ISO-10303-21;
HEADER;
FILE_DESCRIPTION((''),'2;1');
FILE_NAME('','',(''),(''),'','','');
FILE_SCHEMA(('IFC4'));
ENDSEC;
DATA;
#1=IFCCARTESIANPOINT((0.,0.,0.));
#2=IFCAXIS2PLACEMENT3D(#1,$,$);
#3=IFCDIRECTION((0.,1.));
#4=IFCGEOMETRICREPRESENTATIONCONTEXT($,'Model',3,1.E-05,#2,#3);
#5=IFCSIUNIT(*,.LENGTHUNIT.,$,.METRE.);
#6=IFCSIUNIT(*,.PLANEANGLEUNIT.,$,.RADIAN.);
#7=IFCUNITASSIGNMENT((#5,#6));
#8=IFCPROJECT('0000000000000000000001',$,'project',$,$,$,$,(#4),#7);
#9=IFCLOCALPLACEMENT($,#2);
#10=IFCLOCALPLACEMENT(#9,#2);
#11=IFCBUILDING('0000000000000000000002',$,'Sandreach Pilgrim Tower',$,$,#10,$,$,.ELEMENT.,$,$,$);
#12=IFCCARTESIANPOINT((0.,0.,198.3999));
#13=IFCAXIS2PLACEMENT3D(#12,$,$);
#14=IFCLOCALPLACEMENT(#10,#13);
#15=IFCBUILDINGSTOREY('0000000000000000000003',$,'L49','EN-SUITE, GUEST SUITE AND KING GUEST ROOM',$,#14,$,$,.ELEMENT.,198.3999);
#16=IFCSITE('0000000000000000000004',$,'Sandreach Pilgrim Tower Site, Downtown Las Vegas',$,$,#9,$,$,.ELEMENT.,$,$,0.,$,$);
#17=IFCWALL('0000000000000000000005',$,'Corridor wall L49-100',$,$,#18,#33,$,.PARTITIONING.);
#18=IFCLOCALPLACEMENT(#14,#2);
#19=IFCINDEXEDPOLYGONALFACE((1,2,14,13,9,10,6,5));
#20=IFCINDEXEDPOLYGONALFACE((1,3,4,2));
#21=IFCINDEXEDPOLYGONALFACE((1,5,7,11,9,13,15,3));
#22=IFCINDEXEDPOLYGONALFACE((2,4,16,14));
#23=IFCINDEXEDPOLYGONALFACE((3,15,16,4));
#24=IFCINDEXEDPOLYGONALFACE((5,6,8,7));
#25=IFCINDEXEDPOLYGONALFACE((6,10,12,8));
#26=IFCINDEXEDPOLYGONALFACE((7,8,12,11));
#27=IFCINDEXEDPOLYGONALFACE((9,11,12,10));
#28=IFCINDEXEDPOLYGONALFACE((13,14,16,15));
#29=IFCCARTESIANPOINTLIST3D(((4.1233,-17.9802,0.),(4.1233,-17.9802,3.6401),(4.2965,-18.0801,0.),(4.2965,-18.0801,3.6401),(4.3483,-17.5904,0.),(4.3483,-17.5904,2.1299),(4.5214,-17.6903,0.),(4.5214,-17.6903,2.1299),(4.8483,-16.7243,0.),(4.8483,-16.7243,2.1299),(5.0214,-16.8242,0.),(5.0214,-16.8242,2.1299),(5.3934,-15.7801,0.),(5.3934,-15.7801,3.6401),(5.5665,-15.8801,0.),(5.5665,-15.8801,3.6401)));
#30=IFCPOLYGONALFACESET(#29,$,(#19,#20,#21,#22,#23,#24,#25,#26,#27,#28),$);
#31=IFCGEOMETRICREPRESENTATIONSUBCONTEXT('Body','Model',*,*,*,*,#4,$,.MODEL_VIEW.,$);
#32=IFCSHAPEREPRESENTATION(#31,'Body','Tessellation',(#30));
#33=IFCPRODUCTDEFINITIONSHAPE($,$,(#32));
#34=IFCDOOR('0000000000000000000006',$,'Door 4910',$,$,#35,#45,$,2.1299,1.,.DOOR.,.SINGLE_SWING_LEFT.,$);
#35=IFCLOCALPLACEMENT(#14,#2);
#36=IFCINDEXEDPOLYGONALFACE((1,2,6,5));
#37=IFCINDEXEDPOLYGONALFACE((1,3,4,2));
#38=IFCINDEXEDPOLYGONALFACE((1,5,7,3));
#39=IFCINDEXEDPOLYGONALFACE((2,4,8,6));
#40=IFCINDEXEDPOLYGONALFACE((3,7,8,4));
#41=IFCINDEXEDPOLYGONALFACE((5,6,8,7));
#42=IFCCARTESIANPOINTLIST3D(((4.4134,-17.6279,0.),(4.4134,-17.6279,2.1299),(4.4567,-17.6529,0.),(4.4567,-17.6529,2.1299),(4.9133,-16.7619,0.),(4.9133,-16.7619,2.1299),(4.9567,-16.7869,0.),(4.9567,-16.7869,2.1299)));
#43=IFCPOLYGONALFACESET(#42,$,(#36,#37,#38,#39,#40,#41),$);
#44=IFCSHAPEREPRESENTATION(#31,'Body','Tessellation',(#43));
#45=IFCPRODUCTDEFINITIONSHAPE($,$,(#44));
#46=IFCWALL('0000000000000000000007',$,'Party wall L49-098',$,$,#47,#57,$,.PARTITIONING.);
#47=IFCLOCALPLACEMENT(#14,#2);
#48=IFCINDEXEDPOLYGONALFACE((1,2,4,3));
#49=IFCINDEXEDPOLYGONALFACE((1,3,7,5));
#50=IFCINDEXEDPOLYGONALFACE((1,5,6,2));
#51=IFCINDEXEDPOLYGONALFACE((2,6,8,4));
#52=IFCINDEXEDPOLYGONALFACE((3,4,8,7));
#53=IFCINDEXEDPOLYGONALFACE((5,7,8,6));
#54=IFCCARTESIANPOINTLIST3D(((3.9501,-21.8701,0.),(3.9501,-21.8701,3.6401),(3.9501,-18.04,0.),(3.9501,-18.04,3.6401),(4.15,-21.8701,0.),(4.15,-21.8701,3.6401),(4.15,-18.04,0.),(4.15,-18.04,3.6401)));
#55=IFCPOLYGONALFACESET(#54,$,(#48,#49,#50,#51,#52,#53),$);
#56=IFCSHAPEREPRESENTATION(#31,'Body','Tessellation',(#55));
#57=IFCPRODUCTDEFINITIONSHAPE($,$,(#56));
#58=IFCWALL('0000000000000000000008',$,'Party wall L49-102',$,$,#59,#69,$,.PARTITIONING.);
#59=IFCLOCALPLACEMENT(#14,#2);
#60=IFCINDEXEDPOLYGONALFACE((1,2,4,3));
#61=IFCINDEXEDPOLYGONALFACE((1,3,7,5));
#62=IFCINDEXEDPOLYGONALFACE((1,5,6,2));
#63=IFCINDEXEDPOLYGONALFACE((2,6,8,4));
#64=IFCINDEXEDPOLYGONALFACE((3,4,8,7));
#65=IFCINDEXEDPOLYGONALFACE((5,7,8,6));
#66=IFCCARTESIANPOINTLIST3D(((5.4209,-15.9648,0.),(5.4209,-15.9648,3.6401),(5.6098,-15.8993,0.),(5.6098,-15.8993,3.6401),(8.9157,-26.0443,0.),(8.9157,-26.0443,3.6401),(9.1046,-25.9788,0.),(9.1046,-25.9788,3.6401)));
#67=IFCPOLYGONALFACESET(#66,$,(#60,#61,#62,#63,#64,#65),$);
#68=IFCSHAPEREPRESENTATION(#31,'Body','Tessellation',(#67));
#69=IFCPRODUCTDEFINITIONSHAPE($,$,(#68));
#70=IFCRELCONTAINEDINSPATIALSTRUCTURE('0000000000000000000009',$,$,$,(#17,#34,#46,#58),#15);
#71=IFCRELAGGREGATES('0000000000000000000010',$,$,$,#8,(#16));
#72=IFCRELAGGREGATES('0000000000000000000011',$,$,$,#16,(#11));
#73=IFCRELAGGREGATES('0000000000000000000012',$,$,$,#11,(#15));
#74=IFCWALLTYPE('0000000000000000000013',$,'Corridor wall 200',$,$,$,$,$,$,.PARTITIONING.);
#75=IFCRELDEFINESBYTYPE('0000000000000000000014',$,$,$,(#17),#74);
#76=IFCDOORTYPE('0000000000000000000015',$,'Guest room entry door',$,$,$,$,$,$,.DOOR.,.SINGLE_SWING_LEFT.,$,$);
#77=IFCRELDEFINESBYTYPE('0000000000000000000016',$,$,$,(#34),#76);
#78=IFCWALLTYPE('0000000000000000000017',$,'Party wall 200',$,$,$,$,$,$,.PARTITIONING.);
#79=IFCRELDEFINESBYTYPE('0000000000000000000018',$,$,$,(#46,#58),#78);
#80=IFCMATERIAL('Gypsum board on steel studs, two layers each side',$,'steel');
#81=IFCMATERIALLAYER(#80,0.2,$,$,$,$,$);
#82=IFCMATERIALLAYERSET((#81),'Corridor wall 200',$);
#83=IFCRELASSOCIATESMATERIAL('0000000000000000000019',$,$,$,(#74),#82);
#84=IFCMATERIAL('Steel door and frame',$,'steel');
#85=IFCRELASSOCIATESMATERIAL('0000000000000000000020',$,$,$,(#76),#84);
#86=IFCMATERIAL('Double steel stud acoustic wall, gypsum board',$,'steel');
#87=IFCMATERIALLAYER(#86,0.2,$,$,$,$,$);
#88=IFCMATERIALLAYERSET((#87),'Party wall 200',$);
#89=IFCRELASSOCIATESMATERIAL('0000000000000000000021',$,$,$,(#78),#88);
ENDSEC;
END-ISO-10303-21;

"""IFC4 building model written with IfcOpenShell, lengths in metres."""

from ifc_helpers import new_model, si_unit, direction, frame, frame_2d, origin, place, context, subcontext, project, spatial, rectangle, extrude, material, layer, layer_set, type_object, element, fill, save


model = new_model("IFC4")

# Units and contexts
model_context = context("Model", 3, precision=1e-05, world=origin(), true_north=direction((0.0, 1.0)))
body_context = subcontext(model_context, "Body", "Model", "MODEL_VIEW")
ifc_project = project(units=[si_unit("LENGTHUNIT", "METRE"), si_unit("PLANEANGLEUNIT", "RADIAN")], contexts=[model_context])

# Site, building, storey
site_placement = place(None, origin())
site = spatial("IfcSite", under=ifc_project, at=site_placement, Name="Sandreach Pilgrim Tower Site, Downtown Las Vegas", CompositionType="ELEMENT", RefElevation=0.0)
building_placement = place(site_placement, origin())
building = spatial("IfcBuilding", under=site, at=building_placement, Name="Sandreach Pilgrim Tower", CompositionType="ELEMENT")
storey_placement = place(building_placement, frame((0.0, 0.0, 198.3999)))
storey = spatial("IfcBuildingStorey", under=building, at=storey_placement, Name="L49", Description="EN-SUITE, GUEST SUITE AND KING GUEST ROOM", CompositionType="ELEMENT", Elevation=198.3999)

# Shared definitions
ifc_material_1 = material(Name="Gypsum board on steel studs, two layers each side", Category="steel")
ifc_layer_1 = layer(ifc_material_1, 0.2)
ifc_layer_set_1 = layer_set([ifc_layer_1], Name="Corridor wall 200")
wall_type_1 = type_object("IfcWallType", Name="Corridor wall 200", PredefinedType="PARTITIONING", material=ifc_layer_set_1)
ifc_material_2 = material(Name="Steel door and frame", Category="steel")
door_type_1 = type_object("IfcDoorType", Name="Guest room entry door", OperationType="SINGLE_SWING_LEFT", PredefinedType="DOOR", material=ifc_material_2)

# Wall, opening, door
wall_1_placement = place(storey_placement, frame((4.21, -18.03, 0.0), z_axis=(0.0, 0.0, 1.0), x_axis=(0.499964, 0.866046, 0.0)))
wall_1 = element("IfcWall", 1, at=wall_1_placement, inside=storey, type_object=wall_type_1, Name="Corridor wall L49-100", PredefinedType="PARTITIONING", context=body_context, shape_type="SweptSolid", body=[
    extrude(rectangle(XDim=2.5403, YDim=0.2, at=frame_2d((1.27, 0.0))), origin(), (0.0, 0.0, 1.0), 3.6401),
])
opening_1_placement = place(wall_1_placement, frame((0.45, 0.0, 0.0)))
opening_1 = element("IfcOpeningElement", 2, at=opening_1_placement, cuts=wall_1, PredefinedType="OPENING", context=body_context, shape_type="SweptSolid", body=[
    extrude(rectangle(XDim=1.0, YDim=2.1299, at=frame_2d((0.5, 1.0649))), frame((0.0, 0.1001, 0.0), z_axis=(0.0, -1.0, 0.0), x_axis=(1.0, 0.0, 0.0)), (0.0, 0.0, 1.0), 0.2),
])
door_1_placement = place(opening_1_placement, origin())
door_1 = element("IfcDoor", 3, at=door_1_placement, inside=storey, type_object=door_type_1, Name="Door 4910", OperationType="SINGLE_SWING_LEFT", OverallHeight=2.1299, OverallWidth=1.0, PredefinedType="DOOR", context=body_context, shape_type="SweptSolid", body=[
    extrude(rectangle(XDim=1.0, YDim=2.1299, at=frame_2d((0.5, 1.0649))), frame((0.0, 0.0249, 0.0), z_axis=(0.0, -1.0, 0.0), x_axis=(1.0, 0.0, 0.0)), (0.0, 0.0, 1.0), 0.05),
])
fill(opening_1, door_1)

# Walls
ifc_material_3 = material(Name="Double steel stud acoustic wall, gypsum board", Category="steel")
ifc_layer_2 = layer(ifc_material_3, 0.2)
ifc_layer_set_2 = layer_set([ifc_layer_2], Name="Party wall 200")
wall_type_2 = type_object("IfcWallType", Name="Party wall 200", PredefinedType="PARTITIONING", material=ifc_layer_set_2)
wall_2_placement = place(storey_placement, frame((4.05, -21.8701, 0.0), z_axis=(0.0, 0.0, 1.0), x_axis=(0.0, 1.0, 0.0)))
element("IfcWall", 4, at=wall_2_placement, inside=storey, type_object=wall_type_2, Name="Party wall L49-098", PredefinedType="PARTITIONING", context=body_context, shape_type="SweptSolid", body=[
    extrude(rectangle(XDim=3.8301, YDim=0.2, at=frame_2d((1.915, 0.0))), origin(), (0.0, 0.0, 1.0), 3.6401),
])
wall_3_placement = place(storey_placement, frame((5.5154, -15.9321, 0.0), z_axis=(0.0, 0.0, 1.0), x_axis=(0.327595, -0.944818, 0.0)))
element("IfcWall", 5, at=wall_3_placement, inside=storey, type_object=wall_type_2, Name="Party wall L49-102", PredefinedType="PARTITIONING", context=body_context, shape_type="SweptSolid", body=[
    extrude(rectangle(XDim=10.6682, YDim=0.2, at=frame_2d((5.334, 0.0))), origin(), (0.0, 0.0, 1.0), 3.6401),
])

save(model, "model.ifc")
